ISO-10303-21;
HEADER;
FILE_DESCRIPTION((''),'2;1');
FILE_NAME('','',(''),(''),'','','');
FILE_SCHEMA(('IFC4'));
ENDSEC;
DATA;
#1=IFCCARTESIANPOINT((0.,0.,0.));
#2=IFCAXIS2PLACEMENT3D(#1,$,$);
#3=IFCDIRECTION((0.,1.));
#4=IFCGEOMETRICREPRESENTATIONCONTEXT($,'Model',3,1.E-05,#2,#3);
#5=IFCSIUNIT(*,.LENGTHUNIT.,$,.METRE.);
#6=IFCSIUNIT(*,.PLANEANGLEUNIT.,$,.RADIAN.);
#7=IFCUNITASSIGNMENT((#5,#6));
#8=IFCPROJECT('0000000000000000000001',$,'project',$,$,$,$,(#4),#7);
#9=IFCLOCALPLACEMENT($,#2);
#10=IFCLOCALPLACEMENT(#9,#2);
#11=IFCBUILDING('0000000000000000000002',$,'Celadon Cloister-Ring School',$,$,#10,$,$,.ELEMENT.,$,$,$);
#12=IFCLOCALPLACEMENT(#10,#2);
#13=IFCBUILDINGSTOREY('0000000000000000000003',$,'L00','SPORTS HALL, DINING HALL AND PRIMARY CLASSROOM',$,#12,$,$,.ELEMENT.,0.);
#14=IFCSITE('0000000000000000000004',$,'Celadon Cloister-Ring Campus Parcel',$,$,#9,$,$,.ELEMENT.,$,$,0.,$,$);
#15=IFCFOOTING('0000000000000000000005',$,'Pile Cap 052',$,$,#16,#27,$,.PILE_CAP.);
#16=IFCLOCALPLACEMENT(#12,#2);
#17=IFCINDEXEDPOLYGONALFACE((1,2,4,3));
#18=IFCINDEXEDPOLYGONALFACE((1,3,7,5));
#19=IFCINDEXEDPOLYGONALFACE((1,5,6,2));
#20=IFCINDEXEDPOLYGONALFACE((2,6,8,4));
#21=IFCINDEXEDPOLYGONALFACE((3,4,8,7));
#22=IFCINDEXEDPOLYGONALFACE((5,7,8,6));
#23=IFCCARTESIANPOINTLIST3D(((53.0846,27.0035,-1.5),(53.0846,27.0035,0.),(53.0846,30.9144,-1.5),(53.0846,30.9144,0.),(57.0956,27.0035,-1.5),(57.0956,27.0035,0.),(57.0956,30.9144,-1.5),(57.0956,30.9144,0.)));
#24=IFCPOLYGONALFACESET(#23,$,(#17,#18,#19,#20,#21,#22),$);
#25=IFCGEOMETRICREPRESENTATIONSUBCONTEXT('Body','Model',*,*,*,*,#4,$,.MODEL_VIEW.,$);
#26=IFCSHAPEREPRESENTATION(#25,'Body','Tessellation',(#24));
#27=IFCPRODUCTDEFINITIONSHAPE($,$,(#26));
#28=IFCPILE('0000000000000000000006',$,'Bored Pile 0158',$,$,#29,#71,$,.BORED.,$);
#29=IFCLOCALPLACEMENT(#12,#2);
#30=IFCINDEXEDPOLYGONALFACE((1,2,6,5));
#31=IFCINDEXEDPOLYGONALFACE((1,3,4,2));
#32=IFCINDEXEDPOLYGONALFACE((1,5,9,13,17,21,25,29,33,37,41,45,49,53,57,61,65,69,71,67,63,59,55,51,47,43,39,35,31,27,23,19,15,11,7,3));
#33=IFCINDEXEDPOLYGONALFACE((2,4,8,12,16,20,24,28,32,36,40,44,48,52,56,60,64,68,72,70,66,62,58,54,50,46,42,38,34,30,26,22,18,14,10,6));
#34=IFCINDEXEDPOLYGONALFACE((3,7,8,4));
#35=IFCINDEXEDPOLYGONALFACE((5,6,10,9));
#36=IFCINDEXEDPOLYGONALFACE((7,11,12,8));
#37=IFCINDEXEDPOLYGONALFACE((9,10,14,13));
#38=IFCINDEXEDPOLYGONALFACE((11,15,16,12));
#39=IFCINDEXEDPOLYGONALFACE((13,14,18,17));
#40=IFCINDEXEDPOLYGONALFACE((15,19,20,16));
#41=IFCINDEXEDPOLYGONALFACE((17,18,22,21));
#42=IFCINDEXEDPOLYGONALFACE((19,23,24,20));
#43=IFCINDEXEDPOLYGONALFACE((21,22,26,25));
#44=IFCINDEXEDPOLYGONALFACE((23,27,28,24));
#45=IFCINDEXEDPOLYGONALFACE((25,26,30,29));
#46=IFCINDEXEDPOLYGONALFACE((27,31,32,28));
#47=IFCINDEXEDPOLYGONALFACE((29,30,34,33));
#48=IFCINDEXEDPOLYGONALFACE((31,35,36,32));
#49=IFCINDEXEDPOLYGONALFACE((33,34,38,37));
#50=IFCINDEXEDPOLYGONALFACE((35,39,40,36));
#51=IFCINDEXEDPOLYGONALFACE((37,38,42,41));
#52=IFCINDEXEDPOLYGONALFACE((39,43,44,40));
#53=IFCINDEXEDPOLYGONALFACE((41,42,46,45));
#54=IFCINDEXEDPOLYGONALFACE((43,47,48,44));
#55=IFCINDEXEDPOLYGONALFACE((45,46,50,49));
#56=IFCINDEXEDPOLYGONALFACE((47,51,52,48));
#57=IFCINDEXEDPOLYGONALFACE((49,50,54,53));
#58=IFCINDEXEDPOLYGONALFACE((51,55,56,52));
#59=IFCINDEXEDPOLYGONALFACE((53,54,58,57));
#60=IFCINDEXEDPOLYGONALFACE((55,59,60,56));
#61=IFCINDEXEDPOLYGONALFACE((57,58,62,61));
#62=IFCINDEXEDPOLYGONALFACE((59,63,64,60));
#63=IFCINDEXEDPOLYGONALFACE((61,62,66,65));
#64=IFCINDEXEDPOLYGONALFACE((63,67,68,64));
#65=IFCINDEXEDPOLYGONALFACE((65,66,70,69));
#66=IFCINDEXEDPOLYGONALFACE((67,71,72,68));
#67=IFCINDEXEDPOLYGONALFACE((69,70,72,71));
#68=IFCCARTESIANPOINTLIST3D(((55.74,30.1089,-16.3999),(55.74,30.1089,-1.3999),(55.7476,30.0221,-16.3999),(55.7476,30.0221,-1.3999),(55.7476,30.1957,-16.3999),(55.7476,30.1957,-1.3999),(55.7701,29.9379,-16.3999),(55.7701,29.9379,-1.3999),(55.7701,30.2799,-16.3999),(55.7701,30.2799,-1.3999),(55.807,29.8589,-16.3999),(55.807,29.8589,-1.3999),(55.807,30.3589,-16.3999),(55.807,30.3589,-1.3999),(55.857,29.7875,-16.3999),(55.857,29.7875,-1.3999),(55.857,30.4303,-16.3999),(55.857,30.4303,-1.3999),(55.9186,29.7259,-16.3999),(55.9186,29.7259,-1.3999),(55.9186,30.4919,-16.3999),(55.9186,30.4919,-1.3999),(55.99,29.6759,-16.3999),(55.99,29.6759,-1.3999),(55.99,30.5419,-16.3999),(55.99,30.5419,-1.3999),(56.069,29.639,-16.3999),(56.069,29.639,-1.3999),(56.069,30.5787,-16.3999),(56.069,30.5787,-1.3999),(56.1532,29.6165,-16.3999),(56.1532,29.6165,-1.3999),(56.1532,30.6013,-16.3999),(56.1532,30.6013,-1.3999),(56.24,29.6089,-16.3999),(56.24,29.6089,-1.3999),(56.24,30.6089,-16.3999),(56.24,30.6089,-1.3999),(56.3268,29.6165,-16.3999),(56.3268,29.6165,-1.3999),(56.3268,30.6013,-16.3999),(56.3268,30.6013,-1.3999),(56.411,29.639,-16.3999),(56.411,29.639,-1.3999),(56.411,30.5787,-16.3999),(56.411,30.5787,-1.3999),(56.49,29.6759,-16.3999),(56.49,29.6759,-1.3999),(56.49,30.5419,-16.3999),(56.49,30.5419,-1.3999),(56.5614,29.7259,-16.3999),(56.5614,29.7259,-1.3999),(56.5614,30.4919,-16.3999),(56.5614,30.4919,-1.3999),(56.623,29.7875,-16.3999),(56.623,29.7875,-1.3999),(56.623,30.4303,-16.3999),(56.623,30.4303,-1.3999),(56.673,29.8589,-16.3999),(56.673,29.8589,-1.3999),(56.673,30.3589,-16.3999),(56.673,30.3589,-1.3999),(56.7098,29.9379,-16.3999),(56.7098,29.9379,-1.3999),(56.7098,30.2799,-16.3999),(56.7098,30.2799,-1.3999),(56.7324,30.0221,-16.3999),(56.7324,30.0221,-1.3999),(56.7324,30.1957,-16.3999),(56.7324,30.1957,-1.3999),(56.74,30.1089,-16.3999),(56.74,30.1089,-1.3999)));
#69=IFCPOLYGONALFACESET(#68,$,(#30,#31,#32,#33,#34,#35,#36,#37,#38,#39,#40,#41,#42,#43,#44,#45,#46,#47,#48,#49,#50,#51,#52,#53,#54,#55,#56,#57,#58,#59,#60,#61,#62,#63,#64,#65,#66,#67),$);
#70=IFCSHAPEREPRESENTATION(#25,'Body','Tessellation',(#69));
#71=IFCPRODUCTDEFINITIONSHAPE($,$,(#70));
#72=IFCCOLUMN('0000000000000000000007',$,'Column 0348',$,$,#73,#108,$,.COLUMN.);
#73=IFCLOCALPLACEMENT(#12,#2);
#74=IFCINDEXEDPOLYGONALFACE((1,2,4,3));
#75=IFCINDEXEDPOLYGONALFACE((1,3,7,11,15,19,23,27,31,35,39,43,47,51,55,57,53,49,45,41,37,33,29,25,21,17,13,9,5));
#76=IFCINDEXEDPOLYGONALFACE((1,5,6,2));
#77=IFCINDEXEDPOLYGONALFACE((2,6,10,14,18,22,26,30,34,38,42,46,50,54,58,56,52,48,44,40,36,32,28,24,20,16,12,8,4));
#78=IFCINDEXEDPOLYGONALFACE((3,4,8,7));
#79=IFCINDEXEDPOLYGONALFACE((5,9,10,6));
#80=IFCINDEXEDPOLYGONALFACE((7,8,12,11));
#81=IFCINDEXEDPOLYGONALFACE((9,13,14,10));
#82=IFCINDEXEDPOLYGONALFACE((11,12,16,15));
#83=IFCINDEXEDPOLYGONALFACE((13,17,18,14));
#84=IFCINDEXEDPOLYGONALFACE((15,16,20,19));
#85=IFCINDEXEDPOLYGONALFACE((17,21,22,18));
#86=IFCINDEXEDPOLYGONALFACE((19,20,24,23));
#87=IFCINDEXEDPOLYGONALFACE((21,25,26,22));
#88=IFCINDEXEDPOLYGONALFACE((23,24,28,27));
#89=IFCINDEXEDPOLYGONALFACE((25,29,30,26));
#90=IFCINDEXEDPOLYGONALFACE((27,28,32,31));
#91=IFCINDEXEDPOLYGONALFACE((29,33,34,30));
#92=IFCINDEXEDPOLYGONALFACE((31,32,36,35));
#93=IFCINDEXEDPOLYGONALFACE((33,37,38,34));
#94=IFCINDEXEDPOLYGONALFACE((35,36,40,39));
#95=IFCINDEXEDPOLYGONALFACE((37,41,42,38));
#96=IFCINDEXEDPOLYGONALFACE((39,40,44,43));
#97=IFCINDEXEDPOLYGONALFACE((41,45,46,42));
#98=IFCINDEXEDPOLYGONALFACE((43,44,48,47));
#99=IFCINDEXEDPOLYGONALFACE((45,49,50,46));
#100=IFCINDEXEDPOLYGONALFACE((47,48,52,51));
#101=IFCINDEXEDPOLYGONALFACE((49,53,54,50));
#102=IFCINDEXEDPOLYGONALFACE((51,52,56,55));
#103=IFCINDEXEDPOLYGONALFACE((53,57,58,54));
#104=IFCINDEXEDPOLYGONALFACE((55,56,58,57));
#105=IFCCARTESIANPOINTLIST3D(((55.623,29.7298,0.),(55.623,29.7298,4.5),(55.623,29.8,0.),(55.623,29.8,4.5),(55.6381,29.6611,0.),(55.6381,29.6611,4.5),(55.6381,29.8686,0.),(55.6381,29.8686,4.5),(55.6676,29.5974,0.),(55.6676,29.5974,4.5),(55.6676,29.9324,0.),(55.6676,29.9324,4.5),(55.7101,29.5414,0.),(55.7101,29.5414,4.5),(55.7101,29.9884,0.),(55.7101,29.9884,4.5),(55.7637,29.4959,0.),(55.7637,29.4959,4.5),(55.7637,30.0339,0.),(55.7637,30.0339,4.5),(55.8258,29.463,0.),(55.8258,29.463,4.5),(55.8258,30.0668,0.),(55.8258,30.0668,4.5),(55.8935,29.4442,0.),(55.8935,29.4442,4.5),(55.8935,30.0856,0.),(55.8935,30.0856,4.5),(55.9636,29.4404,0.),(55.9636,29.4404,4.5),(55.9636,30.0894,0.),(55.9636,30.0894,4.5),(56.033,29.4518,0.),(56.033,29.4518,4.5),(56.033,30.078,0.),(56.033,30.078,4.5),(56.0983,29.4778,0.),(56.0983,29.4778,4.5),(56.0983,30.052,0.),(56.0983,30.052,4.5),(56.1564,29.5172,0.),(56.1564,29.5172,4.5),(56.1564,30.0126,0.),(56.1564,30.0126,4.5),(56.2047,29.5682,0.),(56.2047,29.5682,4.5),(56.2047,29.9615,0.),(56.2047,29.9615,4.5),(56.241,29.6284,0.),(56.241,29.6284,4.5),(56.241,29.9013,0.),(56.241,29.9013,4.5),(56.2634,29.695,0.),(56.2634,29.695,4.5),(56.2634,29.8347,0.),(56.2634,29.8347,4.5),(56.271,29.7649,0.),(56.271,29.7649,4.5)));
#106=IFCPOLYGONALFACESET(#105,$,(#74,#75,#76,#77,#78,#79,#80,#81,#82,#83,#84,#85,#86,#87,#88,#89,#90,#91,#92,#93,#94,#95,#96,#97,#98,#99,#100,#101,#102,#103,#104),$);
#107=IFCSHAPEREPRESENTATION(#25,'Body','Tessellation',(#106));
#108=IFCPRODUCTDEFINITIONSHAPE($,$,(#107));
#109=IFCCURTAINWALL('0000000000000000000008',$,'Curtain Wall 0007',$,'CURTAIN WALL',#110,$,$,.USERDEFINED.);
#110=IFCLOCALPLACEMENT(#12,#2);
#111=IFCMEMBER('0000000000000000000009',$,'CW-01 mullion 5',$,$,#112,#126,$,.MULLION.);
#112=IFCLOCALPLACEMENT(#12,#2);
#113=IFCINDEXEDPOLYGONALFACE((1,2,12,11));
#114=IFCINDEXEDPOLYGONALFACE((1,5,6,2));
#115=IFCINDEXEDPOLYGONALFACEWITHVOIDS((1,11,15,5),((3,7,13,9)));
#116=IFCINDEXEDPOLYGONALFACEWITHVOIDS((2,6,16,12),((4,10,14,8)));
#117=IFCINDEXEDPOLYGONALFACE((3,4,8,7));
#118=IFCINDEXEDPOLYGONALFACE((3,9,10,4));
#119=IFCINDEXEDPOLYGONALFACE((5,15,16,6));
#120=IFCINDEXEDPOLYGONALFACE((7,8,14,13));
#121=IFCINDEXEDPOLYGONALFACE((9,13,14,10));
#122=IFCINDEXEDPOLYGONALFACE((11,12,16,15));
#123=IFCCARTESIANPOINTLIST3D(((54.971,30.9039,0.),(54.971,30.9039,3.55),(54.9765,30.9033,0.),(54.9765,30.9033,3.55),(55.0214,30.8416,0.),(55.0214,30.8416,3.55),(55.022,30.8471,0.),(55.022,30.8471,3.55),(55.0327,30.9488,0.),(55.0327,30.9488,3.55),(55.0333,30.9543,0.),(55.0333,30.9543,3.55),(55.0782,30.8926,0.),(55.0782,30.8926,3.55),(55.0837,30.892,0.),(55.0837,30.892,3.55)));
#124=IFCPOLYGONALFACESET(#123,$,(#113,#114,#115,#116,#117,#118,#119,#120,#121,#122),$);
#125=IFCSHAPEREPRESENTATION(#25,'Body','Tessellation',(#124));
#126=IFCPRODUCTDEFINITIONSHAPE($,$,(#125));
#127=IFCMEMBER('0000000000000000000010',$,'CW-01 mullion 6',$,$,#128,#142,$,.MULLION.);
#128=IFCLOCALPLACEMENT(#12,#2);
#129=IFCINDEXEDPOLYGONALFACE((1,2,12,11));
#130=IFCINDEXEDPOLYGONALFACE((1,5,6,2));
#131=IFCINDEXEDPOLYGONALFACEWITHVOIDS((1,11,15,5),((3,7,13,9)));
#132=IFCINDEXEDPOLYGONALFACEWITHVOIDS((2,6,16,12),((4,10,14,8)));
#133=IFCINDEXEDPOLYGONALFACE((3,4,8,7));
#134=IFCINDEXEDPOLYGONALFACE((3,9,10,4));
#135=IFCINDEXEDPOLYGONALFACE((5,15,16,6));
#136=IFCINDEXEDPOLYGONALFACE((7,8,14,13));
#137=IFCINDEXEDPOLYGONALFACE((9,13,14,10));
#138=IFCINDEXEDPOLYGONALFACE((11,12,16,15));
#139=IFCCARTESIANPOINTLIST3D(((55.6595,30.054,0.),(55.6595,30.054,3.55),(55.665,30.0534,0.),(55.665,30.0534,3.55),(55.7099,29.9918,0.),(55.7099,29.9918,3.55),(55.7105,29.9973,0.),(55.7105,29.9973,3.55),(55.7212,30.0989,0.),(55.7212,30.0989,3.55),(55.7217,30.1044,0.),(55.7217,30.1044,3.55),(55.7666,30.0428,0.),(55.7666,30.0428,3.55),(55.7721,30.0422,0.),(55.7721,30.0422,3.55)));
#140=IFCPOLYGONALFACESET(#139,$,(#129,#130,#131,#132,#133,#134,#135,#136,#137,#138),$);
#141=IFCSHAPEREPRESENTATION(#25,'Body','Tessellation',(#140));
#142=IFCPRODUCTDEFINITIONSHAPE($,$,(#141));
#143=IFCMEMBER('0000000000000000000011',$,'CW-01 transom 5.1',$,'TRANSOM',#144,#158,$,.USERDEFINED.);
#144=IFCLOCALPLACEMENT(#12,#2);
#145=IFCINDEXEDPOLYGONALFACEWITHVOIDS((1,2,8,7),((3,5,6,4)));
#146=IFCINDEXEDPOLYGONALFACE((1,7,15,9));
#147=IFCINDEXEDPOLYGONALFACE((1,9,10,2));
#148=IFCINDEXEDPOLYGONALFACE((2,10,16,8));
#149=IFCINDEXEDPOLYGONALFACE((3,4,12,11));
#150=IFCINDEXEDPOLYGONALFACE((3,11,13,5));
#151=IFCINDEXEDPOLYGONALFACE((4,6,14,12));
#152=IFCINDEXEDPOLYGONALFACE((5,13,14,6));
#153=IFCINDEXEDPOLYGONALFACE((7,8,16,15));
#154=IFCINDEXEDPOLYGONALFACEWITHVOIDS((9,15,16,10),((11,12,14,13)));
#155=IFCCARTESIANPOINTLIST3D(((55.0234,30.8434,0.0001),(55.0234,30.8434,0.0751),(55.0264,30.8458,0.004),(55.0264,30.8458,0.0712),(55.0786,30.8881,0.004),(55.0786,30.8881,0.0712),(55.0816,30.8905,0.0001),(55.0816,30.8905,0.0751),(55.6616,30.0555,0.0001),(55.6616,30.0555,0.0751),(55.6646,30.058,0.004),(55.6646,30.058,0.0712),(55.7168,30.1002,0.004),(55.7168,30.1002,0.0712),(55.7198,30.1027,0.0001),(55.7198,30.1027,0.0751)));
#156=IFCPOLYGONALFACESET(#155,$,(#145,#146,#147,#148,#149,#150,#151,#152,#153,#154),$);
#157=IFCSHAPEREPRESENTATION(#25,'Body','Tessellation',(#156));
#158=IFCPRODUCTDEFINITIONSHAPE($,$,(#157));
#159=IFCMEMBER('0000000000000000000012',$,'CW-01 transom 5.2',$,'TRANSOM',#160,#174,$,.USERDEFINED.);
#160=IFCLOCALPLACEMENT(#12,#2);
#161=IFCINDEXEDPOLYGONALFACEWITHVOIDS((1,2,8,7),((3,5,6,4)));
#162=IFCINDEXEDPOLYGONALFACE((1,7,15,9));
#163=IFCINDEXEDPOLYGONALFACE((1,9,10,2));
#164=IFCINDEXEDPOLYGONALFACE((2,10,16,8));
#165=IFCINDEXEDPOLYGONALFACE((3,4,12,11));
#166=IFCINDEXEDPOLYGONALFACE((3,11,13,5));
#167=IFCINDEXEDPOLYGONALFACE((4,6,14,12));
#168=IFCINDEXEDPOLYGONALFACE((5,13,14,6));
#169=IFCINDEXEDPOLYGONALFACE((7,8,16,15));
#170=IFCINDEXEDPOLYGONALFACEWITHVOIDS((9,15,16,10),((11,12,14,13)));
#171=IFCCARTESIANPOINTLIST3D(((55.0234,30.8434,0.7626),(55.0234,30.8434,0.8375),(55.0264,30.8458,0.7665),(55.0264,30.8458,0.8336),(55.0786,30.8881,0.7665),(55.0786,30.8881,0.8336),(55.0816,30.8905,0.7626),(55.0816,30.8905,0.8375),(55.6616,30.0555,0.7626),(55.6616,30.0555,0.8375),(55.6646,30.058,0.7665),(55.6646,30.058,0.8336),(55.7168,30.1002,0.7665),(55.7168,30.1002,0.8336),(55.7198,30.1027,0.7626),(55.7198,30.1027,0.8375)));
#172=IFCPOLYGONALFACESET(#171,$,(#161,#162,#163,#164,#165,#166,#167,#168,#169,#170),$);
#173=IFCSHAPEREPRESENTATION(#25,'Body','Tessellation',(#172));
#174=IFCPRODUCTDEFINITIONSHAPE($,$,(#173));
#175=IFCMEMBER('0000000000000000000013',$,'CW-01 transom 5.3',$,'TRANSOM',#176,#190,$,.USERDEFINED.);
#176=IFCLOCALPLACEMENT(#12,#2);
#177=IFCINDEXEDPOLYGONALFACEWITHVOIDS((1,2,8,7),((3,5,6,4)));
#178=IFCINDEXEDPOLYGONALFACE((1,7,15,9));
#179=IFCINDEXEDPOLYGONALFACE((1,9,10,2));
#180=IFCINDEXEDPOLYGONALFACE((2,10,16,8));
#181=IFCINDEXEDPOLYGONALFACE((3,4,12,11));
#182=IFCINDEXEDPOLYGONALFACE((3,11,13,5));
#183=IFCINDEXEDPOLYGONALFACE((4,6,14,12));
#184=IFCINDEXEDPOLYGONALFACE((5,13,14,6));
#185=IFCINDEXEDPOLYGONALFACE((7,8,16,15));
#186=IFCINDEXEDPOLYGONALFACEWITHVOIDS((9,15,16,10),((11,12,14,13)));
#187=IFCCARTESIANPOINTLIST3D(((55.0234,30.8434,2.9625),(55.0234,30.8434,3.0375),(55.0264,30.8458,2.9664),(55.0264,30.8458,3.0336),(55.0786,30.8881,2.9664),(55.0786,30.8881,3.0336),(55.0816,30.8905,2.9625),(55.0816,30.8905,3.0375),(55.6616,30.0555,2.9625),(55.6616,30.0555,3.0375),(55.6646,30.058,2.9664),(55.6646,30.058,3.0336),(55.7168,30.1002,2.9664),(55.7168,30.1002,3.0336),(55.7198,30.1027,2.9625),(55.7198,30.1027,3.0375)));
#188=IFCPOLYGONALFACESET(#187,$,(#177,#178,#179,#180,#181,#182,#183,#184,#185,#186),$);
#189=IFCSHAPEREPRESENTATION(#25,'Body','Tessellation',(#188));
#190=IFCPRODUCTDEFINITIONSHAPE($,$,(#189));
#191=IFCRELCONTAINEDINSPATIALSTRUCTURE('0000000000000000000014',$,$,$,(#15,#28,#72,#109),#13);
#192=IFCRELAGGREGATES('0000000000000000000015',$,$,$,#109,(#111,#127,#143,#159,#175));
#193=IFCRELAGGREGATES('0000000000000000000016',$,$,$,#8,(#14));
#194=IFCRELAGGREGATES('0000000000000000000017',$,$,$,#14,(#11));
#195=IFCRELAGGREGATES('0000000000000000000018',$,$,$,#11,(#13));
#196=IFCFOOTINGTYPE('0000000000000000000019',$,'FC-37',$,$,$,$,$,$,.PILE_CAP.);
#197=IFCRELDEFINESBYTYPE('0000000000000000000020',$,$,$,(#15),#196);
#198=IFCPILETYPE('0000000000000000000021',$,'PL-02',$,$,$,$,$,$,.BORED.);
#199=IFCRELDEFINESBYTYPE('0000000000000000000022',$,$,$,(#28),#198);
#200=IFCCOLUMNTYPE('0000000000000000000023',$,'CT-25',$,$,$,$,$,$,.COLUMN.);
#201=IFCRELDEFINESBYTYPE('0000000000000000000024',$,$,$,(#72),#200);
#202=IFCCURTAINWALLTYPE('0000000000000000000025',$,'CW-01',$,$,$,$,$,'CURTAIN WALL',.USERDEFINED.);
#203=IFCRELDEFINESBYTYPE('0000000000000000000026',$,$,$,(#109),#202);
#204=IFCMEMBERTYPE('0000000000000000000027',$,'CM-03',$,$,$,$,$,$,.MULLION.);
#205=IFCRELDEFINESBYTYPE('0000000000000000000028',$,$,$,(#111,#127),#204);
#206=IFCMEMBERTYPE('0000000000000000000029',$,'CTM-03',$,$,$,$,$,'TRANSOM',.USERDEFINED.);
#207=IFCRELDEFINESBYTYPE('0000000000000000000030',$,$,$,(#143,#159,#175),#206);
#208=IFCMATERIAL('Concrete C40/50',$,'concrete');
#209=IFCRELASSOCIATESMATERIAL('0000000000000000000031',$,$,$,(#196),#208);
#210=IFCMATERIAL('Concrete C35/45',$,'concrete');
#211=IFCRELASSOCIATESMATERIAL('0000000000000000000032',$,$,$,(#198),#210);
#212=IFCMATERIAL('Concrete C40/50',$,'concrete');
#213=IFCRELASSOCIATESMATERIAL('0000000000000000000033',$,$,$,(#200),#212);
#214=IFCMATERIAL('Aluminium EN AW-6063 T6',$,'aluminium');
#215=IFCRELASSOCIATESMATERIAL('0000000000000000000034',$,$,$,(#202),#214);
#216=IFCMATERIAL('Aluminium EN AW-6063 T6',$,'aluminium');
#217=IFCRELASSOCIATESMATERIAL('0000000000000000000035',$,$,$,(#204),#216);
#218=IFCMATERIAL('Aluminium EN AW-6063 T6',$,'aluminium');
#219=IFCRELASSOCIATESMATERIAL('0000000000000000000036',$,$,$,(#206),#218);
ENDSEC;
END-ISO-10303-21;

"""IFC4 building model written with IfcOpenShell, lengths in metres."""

from ifc_helpers import new_model, si_unit, direction, frame, origin, origin_2d, place, context, subcontext, project, spatial, rectangle, hollow_rectangle, circle, extrude, material, material_profile, profile_set, type_object, element, aggregate, save


model = new_model("IFC4")

# Units and contexts
model_context = context("Model", 3, precision=1e-05, world=origin(), true_north=direction((0.0, 1.0)))
body_context = subcontext(model_context, "Body", "Model", "MODEL_VIEW")
ifc_project = project(units=[si_unit("LENGTHUNIT", "METRE"), si_unit("PLANEANGLEUNIT", "RADIAN")], contexts=[model_context])

# Site, building, storey
site_placement = place(None, origin())
site = spatial("IfcSite", under=ifc_project, at=site_placement, Name="Celadon Cloister-Ring Campus Parcel", CompositionType="ELEMENT", RefElevation=0.0)
building_placement = place(site_placement, origin())
building = spatial("IfcBuilding", under=site, at=building_placement, Name="Celadon Cloister-Ring School", CompositionType="ELEMENT")
storey_placement = place(building_placement, origin())
storey = spatial("IfcBuildingStorey", under=building, at=storey_placement, Name="L00", Description="SPORTS HALL, DINING HALL AND PRIMARY CLASSROOM", CompositionType="ELEMENT", Elevation=0.0)

# Footing
ifc_material_1 = material(Name="Concrete C40/50", Category="concrete")
footing_type = type_object("IfcFootingType", Name="FC-37", PredefinedType="PILE_CAP", material=ifc_material_1)
footing_placement = place(storey_placement, frame((55.0901, 28.959, -1.5), z_axis=(0.0, 0.0, 1.0), x_axis=(1.0, 0.0, 0.0)))
element("IfcFooting", 1, at=footing_placement, inside=storey, type_object=footing_type, Name="Pile Cap 052", PredefinedType="PILE_CAP", context=body_context, shape_type="SweptSolid", body=[
    extrude(rectangle(XDim=4.011, YDim=3.9109, at=origin_2d()), origin(), (0.0, 0.0, 1.0), 1.5),
])

# Pile
ifc_material_2 = material(Name="Concrete C35/45", Category="concrete")
ifc_material_profile_1 = material_profile(ifc_material_2, circle(Radius=0.5, at=origin_2d()), Name="PILE1000")
ifc_profile_set_1 = profile_set([ifc_material_profile_1], Name="Concrete C35/45")
pile_type = type_object("IfcPileType", Name="PL-02", PredefinedType="BORED", material=ifc_profile_set_1)
pile_placement = place(storey_placement, frame((56.24, 30.1089, -1.3999), z_axis=(0.0, 0.0, -1.0), x_axis=(1.0, 0.0, 0.0)))
element("IfcPile", 2, at=pile_placement, inside=storey, type_object=pile_type, Name="Bored Pile 0158", PredefinedType="BORED", context=body_context, shape_type="SweptSolid", body=[
    extrude(circle(Radius=0.5, at=origin_2d()), origin(), (0.0, 0.0, 1.0), 15.0),
])

# Column
ifc_material_3 = material(Name="Concrete C40/50", Category="concrete")
ifc_material_profile_2 = material_profile(ifc_material_3, circle(Radius=0.325, at=origin_2d()), Name="CIRC650")
ifc_profile_set_2 = profile_set([ifc_material_profile_2], Name="Concrete C40/50")
column_type = type_object("IfcColumnType", Name="CT-25", PredefinedType="COLUMN", material=ifc_profile_set_2)
column_placement = place(storey_placement, frame((55.946, 29.7649, 0.0), z_axis=(0.0, 0.0, 1.0), x_axis=(1.0, 0.0, 0.0)))
element("IfcColumn", 3, at=column_placement, inside=storey, type_object=column_type, Name="Column 0348", PredefinedType="COLUMN", context=body_context, shape_type="SweptSolid", body=[
    extrude(circle(Radius=0.325, at=origin_2d()), origin(), (0.0, 0.0, 1.0), 4.5),
])

# Curtain wall, members
ifc_material_4 = material(Name="Aluminium EN AW-6063 T6", Category="aluminium")
curtain_wall_type = type_object("IfcCurtainWallType", Name="CW-01", ElementType="CURTAIN WALL", PredefinedType="USERDEFINED", material=ifc_material_4)
curtain_wall_placement = place(storey_placement, origin())
curtain_wall = element("IfcCurtainWall", 4, at=curtain_wall_placement, inside=storey, type_object=curtain_wall_type, Name="Curtain Wall 0007", ObjectType="CURTAIN WALL", PredefinedType="USERDEFINED")
ifc_material_5 = material(Name="Aluminium EN AW-6063 T6", Category="aluminium")
ifc_material_profile_3 = material_profile(ifc_material_5, hollow_rectangle(XDim=0.0801, YDim=0.0801, WallThickness=0.0039, at=origin_2d()), Name="RHS80X80X4")
ifc_profile_set_3 = profile_set([ifc_material_profile_3], Name="Aluminium EN AW-6063 T6")
member_type_1 = type_object("IfcMemberType", Name="CM-03", PredefinedType="MULLION", material=ifc_profile_set_3)
member_1_placement = place(storey_placement, frame((55.0273, 30.8979, 0.0), z_axis=(0.0, 0.0, 1.0), x_axis=(0.777068, 0.629416, 0.0)))
member_1 = element("IfcMember", 5, at=member_1_placement, type_object=member_type_1, Name="CW-01 mullion 5", PredefinedType="MULLION", context=body_context, shape_type="SweptSolid", body=[
    extrude(hollow_rectangle(XDim=0.0801, YDim=0.0801, WallThickness=0.0039, at=origin_2d()), origin(), (0.0, 0.0, 1.0), 3.55),
])
member_2_placement = place(storey_placement, frame((55.7158, 30.0481, 0.0), z_axis=(0.0, 0.0, 1.0), x_axis=(0.777068, 0.629416, 0.0)))
member_2 = element("IfcMember", 6, at=member_2_placement, type_object=member_type_1, Name="CW-01 mullion 6", PredefinedType="MULLION", context=body_context, shape_type="SweptSolid", body=[
    extrude(hollow_rectangle(XDim=0.0801, YDim=0.0801, WallThickness=0.0039, at=origin_2d()), origin(), (0.0, 0.0, 1.0), 3.55),
])
ifc_material_6 = material(Name="Aluminium EN AW-6063 T6", Category="aluminium")
ifc_material_profile_4 = material_profile(ifc_material_6, hollow_rectangle(XDim=0.075, YDim=0.075, WallThickness=0.0039, at=origin_2d()), Name="RHS75X75X4")
ifc_profile_set_4 = profile_set([ifc_material_profile_4], Name="Aluminium EN AW-6063 T6")
member_type_2 = type_object("IfcMemberType", Name="CTM-03", ElementType="TRANSOM", PredefinedType="USERDEFINED", material=ifc_profile_set_4)
member_3_placement = place(storey_placement, frame((55.0525, 30.8669, 0.0376), z_axis=(0.629441, -0.777049, 0.0), x_axis=(0.777049, 0.629441, 0.0)))
member_3 = element("IfcMember", 7, at=member_3_placement, type_object=member_type_2, Name="CW-01 transom 5.1", ObjectType="TRANSOM", PredefinedType="USERDEFINED", context=body_context, shape_type="SweptSolid", body=[
    extrude(hollow_rectangle(XDim=0.075, YDim=0.075, WallThickness=0.0039, at=origin_2d()), origin(), (0.0, 0.0, 1.0), 1.0139),
])
member_4_placement = place(storey_placement, frame((55.0525, 30.8669, 0.8), z_axis=(0.629441, -0.777049, 0.0), x_axis=(0.777049, 0.629441, 0.0)))
member_4 = element("IfcMember", 8, at=member_4_placement, type_object=member_type_2, Name="CW-01 transom 5.2", ObjectType="TRANSOM", PredefinedType="USERDEFINED", context=body_context, shape_type="SweptSolid", body=[
    extrude(hollow_rectangle(XDim=0.075, YDim=0.075, WallThickness=0.0039, at=origin_2d()), origin(), (0.0, 0.0, 1.0), 1.0139),
])
member_5_placement = place(storey_placement, frame((55.0525, 30.8669, 3.0), z_axis=(0.629441, -0.777049, 0.0), x_axis=(0.777049, 0.629441, 0.0)))
member_5 = element("IfcMember", 9, at=member_5_placement, type_object=member_type_2, Name="CW-01 transom 5.3", ObjectType="TRANSOM", PredefinedType="USERDEFINED", context=body_context, shape_type="SweptSolid", body=[
    extrude(hollow_rectangle(XDim=0.075, YDim=0.075, WallThickness=0.0039, at=origin_2d()), origin(), (0.0, 0.0, 1.0), 1.0139),
])

aggregate(curtain_wall, [member_1, member_2, member_3, member_4, member_5])

save(model, "model.ifc")
